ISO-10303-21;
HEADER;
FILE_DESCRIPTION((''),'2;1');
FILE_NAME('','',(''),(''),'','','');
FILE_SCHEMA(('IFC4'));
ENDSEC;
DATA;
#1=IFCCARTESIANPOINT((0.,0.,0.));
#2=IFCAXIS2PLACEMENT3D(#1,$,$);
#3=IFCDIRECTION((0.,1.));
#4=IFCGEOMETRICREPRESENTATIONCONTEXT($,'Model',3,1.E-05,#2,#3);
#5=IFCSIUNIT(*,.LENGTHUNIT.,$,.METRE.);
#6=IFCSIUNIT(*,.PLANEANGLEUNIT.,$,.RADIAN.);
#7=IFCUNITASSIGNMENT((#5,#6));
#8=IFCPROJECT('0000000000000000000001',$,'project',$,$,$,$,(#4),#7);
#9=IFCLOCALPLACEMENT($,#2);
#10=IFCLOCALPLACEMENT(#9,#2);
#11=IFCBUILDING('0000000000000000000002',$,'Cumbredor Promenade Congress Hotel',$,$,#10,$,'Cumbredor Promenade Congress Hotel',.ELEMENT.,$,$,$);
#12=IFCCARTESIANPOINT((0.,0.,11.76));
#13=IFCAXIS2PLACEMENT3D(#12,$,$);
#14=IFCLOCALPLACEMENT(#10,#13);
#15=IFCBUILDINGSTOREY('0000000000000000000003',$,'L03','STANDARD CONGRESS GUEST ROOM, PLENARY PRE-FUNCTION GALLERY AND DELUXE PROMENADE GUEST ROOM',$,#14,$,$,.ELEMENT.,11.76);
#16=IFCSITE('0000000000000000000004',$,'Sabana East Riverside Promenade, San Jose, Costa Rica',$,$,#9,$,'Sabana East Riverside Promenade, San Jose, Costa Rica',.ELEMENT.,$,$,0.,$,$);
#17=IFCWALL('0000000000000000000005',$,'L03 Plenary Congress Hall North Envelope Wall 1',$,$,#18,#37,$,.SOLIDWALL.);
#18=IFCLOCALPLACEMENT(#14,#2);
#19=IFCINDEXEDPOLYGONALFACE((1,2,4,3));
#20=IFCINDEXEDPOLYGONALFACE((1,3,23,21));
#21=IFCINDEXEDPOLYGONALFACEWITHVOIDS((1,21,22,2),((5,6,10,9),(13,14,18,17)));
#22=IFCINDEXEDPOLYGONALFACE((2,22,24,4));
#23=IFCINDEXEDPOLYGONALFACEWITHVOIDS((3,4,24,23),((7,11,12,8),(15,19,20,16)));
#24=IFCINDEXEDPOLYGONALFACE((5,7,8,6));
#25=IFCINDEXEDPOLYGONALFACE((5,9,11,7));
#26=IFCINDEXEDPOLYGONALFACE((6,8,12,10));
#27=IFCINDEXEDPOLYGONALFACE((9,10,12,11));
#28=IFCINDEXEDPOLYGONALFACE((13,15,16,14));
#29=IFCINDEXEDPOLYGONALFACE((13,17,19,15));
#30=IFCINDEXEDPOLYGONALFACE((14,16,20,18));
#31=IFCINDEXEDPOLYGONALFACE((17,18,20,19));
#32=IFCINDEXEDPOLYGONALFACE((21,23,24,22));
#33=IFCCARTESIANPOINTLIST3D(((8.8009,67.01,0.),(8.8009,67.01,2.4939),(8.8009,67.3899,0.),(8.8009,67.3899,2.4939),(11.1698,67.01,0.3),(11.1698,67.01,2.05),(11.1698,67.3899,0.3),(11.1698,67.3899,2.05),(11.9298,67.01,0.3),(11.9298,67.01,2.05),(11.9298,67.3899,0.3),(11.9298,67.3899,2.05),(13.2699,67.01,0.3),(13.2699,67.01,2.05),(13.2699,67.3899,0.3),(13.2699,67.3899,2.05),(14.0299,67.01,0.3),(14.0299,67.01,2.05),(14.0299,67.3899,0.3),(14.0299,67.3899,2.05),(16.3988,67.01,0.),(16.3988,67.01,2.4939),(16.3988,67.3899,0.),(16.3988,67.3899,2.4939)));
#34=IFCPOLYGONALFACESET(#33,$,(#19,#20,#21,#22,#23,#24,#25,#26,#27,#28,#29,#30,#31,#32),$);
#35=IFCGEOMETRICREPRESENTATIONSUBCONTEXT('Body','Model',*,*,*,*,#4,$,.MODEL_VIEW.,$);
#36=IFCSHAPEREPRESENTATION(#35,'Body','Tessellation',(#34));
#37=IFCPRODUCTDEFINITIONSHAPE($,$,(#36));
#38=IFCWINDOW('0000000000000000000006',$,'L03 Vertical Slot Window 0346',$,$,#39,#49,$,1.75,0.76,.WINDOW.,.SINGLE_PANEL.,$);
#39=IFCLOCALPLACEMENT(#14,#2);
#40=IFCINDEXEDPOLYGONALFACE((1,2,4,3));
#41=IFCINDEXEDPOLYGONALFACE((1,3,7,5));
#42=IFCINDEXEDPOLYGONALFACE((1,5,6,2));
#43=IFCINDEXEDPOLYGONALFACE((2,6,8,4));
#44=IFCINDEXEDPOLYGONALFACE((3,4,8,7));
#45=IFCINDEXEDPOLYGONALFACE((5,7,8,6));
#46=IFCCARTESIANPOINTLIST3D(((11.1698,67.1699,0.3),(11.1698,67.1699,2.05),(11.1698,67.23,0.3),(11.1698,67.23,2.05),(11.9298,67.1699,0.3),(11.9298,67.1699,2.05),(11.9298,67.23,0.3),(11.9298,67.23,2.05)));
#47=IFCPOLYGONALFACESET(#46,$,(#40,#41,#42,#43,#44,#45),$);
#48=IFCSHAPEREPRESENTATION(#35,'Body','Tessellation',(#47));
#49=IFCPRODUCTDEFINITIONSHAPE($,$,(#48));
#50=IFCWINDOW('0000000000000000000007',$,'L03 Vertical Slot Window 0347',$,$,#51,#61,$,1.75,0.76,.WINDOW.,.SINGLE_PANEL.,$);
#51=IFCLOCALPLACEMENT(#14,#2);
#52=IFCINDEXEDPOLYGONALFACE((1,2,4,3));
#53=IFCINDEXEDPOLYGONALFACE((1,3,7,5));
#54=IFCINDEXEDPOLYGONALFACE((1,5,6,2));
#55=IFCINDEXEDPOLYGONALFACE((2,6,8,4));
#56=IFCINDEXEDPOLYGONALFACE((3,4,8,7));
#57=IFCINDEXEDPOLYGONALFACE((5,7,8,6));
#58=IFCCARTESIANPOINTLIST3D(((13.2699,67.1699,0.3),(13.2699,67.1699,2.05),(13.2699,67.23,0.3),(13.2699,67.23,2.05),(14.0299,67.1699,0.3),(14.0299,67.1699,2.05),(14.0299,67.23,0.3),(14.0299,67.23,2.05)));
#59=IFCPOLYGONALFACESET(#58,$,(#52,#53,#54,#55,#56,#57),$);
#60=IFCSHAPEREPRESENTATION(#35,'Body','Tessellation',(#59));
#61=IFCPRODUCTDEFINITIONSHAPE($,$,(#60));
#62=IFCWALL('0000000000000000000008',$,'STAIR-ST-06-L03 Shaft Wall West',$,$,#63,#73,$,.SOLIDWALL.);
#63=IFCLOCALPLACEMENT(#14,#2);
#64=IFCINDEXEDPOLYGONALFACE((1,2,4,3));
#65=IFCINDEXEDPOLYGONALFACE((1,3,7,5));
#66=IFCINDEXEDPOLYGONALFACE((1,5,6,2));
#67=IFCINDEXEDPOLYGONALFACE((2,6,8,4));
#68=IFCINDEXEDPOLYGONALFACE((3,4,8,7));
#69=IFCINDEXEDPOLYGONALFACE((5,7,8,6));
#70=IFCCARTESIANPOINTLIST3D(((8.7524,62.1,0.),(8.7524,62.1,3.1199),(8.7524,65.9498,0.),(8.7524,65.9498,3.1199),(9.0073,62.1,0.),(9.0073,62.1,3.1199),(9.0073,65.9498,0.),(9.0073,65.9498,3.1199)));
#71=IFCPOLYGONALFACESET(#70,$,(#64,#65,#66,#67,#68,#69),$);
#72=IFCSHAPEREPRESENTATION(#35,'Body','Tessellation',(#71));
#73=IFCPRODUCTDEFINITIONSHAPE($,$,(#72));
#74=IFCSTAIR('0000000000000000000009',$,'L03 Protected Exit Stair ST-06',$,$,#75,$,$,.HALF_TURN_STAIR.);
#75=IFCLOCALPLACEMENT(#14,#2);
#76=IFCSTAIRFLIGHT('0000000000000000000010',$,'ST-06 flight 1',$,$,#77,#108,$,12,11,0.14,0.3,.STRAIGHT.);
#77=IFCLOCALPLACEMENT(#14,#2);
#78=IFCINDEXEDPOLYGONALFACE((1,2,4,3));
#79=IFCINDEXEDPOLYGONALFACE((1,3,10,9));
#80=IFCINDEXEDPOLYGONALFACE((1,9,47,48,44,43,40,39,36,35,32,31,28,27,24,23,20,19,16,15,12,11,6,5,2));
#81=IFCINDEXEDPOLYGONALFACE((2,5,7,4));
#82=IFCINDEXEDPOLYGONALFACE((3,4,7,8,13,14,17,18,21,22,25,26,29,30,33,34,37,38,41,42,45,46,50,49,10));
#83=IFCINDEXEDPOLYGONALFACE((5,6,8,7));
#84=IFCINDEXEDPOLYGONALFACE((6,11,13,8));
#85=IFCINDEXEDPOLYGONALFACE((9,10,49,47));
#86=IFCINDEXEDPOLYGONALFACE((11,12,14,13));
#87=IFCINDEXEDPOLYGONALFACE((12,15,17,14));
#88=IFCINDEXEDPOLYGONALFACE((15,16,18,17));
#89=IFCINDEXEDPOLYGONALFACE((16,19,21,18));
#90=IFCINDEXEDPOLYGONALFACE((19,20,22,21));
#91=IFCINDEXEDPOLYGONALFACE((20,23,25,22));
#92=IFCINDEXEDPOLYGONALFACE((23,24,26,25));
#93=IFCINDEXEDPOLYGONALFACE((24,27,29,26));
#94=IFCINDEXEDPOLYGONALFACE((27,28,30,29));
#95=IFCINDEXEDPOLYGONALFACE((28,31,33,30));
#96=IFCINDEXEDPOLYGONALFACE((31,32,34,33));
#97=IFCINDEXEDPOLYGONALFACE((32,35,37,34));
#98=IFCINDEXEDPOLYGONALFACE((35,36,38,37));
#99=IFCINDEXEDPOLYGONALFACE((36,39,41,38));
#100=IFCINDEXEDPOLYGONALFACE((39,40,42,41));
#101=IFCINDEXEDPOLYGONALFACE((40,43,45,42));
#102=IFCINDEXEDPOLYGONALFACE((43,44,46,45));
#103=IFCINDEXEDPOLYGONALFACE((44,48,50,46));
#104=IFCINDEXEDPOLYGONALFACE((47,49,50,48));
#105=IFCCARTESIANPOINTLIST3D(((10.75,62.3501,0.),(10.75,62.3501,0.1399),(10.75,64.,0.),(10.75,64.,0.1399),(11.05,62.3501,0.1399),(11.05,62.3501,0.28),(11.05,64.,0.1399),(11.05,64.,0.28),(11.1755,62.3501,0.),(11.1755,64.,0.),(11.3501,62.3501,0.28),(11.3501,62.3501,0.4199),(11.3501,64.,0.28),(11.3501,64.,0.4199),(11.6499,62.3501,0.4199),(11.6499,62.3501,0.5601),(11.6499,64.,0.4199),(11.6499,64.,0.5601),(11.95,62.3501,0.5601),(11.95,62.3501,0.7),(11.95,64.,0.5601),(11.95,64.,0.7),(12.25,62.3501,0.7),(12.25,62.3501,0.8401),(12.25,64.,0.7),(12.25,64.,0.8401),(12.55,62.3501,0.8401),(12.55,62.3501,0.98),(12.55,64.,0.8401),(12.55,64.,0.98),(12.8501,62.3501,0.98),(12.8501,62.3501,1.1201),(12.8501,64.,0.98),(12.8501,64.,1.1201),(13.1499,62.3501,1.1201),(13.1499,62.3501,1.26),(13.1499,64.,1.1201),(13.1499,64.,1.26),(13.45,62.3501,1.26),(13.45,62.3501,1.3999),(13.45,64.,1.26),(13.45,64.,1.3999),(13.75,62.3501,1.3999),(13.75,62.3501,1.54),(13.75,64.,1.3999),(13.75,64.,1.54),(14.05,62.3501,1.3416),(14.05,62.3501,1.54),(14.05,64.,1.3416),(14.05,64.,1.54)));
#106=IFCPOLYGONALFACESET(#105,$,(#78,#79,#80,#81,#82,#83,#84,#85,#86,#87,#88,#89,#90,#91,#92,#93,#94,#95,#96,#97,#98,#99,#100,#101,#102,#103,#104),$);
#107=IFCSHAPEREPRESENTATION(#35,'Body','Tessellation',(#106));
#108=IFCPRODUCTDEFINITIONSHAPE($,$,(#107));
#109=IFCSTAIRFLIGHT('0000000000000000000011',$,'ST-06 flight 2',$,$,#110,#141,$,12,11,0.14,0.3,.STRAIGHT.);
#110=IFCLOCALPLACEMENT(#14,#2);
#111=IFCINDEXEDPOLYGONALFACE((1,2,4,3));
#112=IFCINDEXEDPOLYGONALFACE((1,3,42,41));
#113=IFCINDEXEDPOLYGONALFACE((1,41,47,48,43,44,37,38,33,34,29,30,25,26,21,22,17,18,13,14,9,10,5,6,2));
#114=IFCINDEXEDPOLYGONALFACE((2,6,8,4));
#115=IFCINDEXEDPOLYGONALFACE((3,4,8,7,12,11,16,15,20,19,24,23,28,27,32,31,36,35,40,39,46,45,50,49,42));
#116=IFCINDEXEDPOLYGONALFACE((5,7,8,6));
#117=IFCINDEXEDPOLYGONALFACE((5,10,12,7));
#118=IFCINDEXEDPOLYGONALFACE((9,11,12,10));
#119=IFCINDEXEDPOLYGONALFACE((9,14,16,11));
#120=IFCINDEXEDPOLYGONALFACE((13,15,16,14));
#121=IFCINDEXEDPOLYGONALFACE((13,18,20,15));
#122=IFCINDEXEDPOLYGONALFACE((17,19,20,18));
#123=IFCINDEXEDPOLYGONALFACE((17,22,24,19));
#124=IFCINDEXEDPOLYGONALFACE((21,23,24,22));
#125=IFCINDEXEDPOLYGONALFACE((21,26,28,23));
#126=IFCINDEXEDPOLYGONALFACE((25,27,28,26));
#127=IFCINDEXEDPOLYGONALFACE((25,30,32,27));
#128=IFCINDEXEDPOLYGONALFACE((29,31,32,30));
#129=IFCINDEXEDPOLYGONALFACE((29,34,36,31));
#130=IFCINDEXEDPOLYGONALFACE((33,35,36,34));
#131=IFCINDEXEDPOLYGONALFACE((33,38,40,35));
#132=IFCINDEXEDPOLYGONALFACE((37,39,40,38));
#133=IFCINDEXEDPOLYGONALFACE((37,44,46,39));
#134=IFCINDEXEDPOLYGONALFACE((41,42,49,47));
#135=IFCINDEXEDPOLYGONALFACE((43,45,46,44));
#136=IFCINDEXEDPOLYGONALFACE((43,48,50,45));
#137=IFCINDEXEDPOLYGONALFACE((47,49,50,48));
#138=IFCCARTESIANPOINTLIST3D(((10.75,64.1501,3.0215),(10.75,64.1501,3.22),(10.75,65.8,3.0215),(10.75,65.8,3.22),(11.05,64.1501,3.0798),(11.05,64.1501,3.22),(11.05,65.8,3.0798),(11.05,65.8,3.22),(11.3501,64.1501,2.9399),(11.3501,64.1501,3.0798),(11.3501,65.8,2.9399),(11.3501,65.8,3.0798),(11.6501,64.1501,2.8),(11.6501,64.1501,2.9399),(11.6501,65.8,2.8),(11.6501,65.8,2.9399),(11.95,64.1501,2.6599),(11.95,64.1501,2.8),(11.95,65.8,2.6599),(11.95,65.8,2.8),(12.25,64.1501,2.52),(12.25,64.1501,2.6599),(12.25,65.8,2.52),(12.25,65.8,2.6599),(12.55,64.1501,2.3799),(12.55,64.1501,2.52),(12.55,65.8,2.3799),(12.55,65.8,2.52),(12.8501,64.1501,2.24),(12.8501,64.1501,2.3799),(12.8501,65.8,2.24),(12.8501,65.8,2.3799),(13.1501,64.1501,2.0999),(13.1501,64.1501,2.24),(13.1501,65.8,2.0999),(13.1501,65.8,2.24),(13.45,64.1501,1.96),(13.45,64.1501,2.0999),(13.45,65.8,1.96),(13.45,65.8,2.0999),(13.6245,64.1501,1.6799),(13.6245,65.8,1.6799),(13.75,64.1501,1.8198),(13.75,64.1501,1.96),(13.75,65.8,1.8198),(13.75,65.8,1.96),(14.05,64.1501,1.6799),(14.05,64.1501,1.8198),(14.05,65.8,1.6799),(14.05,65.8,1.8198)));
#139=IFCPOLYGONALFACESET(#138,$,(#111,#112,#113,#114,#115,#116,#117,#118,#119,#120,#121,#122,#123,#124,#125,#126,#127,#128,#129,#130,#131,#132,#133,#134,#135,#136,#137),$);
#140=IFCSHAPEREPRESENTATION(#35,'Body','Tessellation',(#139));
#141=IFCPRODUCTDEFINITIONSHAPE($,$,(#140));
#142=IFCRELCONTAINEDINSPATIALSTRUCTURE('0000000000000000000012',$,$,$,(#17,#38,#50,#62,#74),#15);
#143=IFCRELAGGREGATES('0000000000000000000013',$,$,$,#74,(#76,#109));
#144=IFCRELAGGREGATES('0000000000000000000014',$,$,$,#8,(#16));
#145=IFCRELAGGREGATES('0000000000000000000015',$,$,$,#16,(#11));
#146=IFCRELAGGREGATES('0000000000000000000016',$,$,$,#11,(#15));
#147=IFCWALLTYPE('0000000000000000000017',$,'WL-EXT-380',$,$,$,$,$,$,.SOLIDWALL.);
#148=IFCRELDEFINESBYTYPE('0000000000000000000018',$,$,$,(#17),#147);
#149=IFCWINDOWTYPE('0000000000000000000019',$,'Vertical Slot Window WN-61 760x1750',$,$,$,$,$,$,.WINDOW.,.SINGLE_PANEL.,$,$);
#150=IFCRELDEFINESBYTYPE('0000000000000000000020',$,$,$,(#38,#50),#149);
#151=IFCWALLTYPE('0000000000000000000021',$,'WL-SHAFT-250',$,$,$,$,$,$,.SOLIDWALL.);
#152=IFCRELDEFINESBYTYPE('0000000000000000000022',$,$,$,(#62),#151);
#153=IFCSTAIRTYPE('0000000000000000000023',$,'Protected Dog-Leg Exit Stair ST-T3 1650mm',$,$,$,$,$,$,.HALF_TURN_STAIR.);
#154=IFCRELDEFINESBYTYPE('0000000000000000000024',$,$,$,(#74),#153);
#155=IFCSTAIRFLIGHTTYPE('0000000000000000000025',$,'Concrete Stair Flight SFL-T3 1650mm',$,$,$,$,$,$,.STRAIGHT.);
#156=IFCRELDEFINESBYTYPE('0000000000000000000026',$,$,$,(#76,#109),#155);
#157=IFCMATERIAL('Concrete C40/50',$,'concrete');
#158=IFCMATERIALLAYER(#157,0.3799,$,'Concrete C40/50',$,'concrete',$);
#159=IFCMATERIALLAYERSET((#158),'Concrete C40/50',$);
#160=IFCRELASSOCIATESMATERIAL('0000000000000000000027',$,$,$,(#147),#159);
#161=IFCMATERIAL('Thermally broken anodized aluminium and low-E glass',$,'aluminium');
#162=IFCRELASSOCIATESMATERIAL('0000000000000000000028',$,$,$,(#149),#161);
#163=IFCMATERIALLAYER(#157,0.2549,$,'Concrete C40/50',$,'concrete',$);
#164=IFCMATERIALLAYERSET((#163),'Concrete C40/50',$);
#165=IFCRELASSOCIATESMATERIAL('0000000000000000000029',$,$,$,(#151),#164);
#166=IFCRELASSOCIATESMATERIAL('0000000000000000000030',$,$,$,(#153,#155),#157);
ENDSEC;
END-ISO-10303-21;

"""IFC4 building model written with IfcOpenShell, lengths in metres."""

from ifc_helpers import new_model, si_unit, direction, frame, frame_2d, origin, place, context, subcontext, project, spatial, polyline, rectangle, outline, extrude, material, layer, layer_set, type_object, element, fill, aggregate, save


model = new_model("IFC4")

# Units and contexts
model_context = context("Model", 3, precision=1e-05, world=origin(), true_north=direction((0.0, 1.0)))
body_context = subcontext(model_context, "Body", "Model", "MODEL_VIEW")
ifc_project = project(units=[si_unit("LENGTHUNIT", "METRE"), si_unit("PLANEANGLEUNIT", "RADIAN")], contexts=[model_context])

# Site, building, storey
site_placement = place(None, origin())
site = spatial("IfcSite", under=ifc_project, at=site_placement, Name="Sabana East Riverside Promenade, San Jose, Costa Rica", LongName="Sabana East Riverside Promenade, San Jose, Costa Rica", CompositionType="ELEMENT", RefElevation=0.0)
building_placement = place(site_placement, origin())
building = spatial("IfcBuilding", under=site, at=building_placement, Name="Cumbredor Promenade Congress Hotel", LongName="Cumbredor Promenade Congress Hotel", CompositionType="ELEMENT")
storey_placement = place(building_placement, frame((0.0, 0.0, 11.76)))
storey = spatial("IfcBuildingStorey", under=building, at=storey_placement, Name="L03", Description="STANDARD CONGRESS GUEST ROOM, PLENARY PRE-FUNCTION GALLERY AND DELUXE PROMENADE GUEST ROOM", CompositionType="ELEMENT", Elevation=11.76)

# Shared definitions
ifc_material_1 = material(Name="Concrete C40/50", Category="concrete")

# Wall, openings, windows
ifc_layer_1 = layer(ifc_material_1, 0.3799, Name="Concrete C40/50", Category="concrete")
ifc_layer_set_1 = layer_set([ifc_layer_1], Name="Concrete C40/50")
wall_type_1 = type_object("IfcWallType", Name="WL-EXT-380", PredefinedType="SOLIDWALL", material=ifc_layer_set_1)
wall_1_placement = place(storey_placement, frame((8.801, 67.2, 0.0), z_axis=(0.0, 0.0, 1.0), x_axis=(1.0, 0.0, 0.0)))
wall_1 = element("IfcWall", 1, at=wall_1_placement, inside=storey, type_object=wall_type_1, Name="L03 Plenary Congress Hall North Envelope Wall 1", PredefinedType="SOLIDWALL", context=body_context, shape_type="SweptSolid", body=[
    extrude(rectangle(XDim=7.5979, YDim=0.3799, at=frame_2d((3.7988, 0.0))), origin(), (0.0, 0.0, 1.0), 2.4939),
])
opening_1_placement = place(wall_1_placement, frame((2.3689, 0.0, 0.3)))
opening_1 = element("IfcOpeningElement", 2, at=opening_1_placement, cuts=wall_1, PredefinedType="OPENING", context=body_context, shape_type="SweptSolid", body=[
    extrude(rectangle(XDim=0.76, YDim=1.75, at=frame_2d((0.3799, 0.875))), frame((0.0, 0.2, 0.0), z_axis=(0.0, -1.0, 0.0), x_axis=(1.0, 0.0, 0.0)), (0.0, 0.0, 1.0), 0.3999),
])
opening_2_placement = place(wall_1_placement, frame((4.469, 0.0, 0.3)))
opening_2 = element("IfcOpeningElement", 3, at=opening_2_placement, cuts=wall_1, PredefinedType="OPENING", context=body_context, shape_type="SweptSolid", body=[
    extrude(rectangle(XDim=0.76, YDim=1.75, at=frame_2d((0.3799, 0.875))), frame((0.0, 0.2, 0.0), z_axis=(0.0, -1.0, 0.0), x_axis=(1.0, 0.0, 0.0)), (0.0, 0.0, 1.0), 0.3999),
])
ifc_material_2 = material(Name="Thermally broken anodized aluminium and low-E glass", Category="aluminium")
window_type = type_object("IfcWindowType", Name="Vertical Slot Window WN-61 760x1750", PartitioningType="SINGLE_PANEL", PredefinedType="WINDOW", material=ifc_material_2)
window_1_placement = place(opening_1_placement, origin())
window_1 = element("IfcWindow", 4, at=window_1_placement, inside=storey, type_object=window_type, Name="L03 Vertical Slot Window 0346", OverallHeight=1.75, OverallWidth=0.76, PartitioningType="SINGLE_PANEL", PredefinedType="WINDOW", context=body_context, shape_type="SweptSolid", body=[
    extrude(rectangle(XDim=0.76, YDim=1.75, at=frame_2d((0.3799, 0.875))), frame((0.0, 0.03, 0.0), z_axis=(0.0, -1.0, 0.0), x_axis=(1.0, 0.0, 0.0)), (0.0, 0.0, 1.0), 0.0601),
])
fill(opening_1, window_1)
window_2_placement = place(opening_2_placement, origin())
window_2 = element("IfcWindow", 5, at=window_2_placement, inside=storey, type_object=window_type, Name="L03 Vertical Slot Window 0347", OverallHeight=1.75, OverallWidth=0.76, PartitioningType="SINGLE_PANEL", PredefinedType="WINDOW", context=body_context, shape_type="SweptSolid", body=[
    extrude(rectangle(XDim=0.76, YDim=1.75, at=frame_2d((0.3799, 0.875))), frame((0.0, 0.03, 0.0), z_axis=(0.0, -1.0, 0.0), x_axis=(1.0, 0.0, 0.0)), (0.0, 0.0, 1.0), 0.0601),
])
fill(opening_2, window_2)

# Wall
ifc_layer_2 = layer(ifc_material_1, 0.2549, Name="Concrete C40/50", Category="concrete")
ifc_layer_set_2 = layer_set([ifc_layer_2], Name="Concrete C40/50")
wall_type_2 = type_object("IfcWallType", Name="WL-SHAFT-250", PredefinedType="SOLIDWALL", material=ifc_layer_set_2)
wall_2_placement = place(storey_placement, frame((8.8799, 62.1001, 0.0), z_axis=(0.0, 0.0, 1.0), x_axis=(0.0, 1.0, 0.0)))
element("IfcWall", 6, at=wall_2_placement, inside=storey, type_object=wall_type_2, Name="STAIR-ST-06-L03 Shaft Wall West", PredefinedType="SOLIDWALL", context=body_context, shape_type="SweptSolid", body=[
    extrude(rectangle(XDim=3.8499, YDim=0.2549, at=frame_2d((1.9248, 0.0))), origin(), (0.0, 0.0, 1.0), 3.1199),
])

# Stair, stair flights
stair_type = type_object("IfcStairType", Name="Protected Dog-Leg Exit Stair ST-T3 1650mm", PredefinedType="HALF_TURN_STAIR", material=ifc_material_1)
stair_placement = place(storey_placement, origin())
stair = element("IfcStair", 7, at=stair_placement, inside=storey, type_object=stair_type, Name="L03 Protected Exit Stair ST-06", PredefinedType="HALF_TURN_STAIR")
stair_flight_type = type_object("IfcStairFlightType", Name="Concrete Stair Flight SFL-T3 1650mm", PredefinedType="STRAIGHT", material=ifc_material_1)
stair_flight_1_placement = place(storey_placement, frame((10.75, 63.175, 0.0), z_axis=(0.0, 0.0, 1.0), x_axis=(1.0, 0.0, 0.0)))
stair_flight_1 = element("IfcStairFlight", 8, at=stair_flight_1_placement, type_object=stair_flight_type, Name="ST-06 flight 1", NumberOfRisers=12, NumberOfTreads=11, PredefinedType="STRAIGHT", RiserHeight=0.14, TreadLength=0.3, context=body_context, shape_type="SweptSolid", body=[
    extrude(outline(polyline([(0.0, 0.0), (0.0, 0.1399), (0.3, 0.1399), (0.3, 0.28), (0.6001, 0.28), (0.6001, 0.4199), (0.8999, 0.4199), (0.8999, 0.5601), (1.2, 0.5601), (1.2, 0.7), (1.5, 0.7), (1.5, 0.8401), (1.8, 0.8401), (1.8, 0.98), (2.1001, 0.98), (2.1001, 1.1201), (2.3999, 1.1201), (2.3999, 1.26), (2.7, 1.26), (2.7, 1.3999), (3.0, 1.3999), (3.0, 1.54), (3.3, 1.54), (3.3, 1.6799), (3.3, 1.3416), (0.4255, 0.0), (0.0, 0.0)])), frame((0.0, 0.825, 0.0), z_axis=(0.0, -1.0, 0.0), x_axis=(1.0, 0.0, 0.0)), (0.0, 0.0, 1.0), 1.6499),
])
stair_flight_2_placement = place(storey_placement, frame((14.05, 64.9751, 1.6799), z_axis=(0.0, 0.0, 1.0), x_axis=(-1.0, 0.0, 0.0)))
stair_flight_2 = element("IfcStairFlight", 9, at=stair_flight_2_placement, type_object=stair_flight_type, Name="ST-06 flight 2", NumberOfRisers=12, NumberOfTreads=11, PredefinedType="STRAIGHT", RiserHeight=0.14, TreadLength=0.3, context=body_context, shape_type="SweptSolid", body=[
    extrude(outline(polyline([(0.0, 0.0), (0.0, 0.1399), (0.3, 0.1399), (0.3, 0.28), (0.6001, 0.28), (0.6001, 0.4199), (0.8999, 0.4199), (0.8999, 0.5601), (1.2, 0.5601), (1.2, 0.7), (1.5, 0.7), (1.5, 0.8401), (1.8, 0.8401), (1.8, 0.98), (2.1001, 0.98), (2.1001, 1.1201), (2.3999, 1.1201), (2.3999, 1.26), (2.7, 1.26), (2.7, 1.3999), (3.0, 1.3999), (3.0, 1.54), (3.3, 1.54), (3.3, 1.6799), (3.3, 1.3416), (0.4255, 0.0), (0.0, 0.0)])), frame((0.0, 0.825, 0.0), z_axis=(0.0, -1.0, 0.0), x_axis=(1.0, 0.0, 0.0)), (0.0, 0.0, 1.0), 1.6499),
])
aggregate(stair, [stair_flight_1, stair_flight_2])

save(model, "model.ifc")
